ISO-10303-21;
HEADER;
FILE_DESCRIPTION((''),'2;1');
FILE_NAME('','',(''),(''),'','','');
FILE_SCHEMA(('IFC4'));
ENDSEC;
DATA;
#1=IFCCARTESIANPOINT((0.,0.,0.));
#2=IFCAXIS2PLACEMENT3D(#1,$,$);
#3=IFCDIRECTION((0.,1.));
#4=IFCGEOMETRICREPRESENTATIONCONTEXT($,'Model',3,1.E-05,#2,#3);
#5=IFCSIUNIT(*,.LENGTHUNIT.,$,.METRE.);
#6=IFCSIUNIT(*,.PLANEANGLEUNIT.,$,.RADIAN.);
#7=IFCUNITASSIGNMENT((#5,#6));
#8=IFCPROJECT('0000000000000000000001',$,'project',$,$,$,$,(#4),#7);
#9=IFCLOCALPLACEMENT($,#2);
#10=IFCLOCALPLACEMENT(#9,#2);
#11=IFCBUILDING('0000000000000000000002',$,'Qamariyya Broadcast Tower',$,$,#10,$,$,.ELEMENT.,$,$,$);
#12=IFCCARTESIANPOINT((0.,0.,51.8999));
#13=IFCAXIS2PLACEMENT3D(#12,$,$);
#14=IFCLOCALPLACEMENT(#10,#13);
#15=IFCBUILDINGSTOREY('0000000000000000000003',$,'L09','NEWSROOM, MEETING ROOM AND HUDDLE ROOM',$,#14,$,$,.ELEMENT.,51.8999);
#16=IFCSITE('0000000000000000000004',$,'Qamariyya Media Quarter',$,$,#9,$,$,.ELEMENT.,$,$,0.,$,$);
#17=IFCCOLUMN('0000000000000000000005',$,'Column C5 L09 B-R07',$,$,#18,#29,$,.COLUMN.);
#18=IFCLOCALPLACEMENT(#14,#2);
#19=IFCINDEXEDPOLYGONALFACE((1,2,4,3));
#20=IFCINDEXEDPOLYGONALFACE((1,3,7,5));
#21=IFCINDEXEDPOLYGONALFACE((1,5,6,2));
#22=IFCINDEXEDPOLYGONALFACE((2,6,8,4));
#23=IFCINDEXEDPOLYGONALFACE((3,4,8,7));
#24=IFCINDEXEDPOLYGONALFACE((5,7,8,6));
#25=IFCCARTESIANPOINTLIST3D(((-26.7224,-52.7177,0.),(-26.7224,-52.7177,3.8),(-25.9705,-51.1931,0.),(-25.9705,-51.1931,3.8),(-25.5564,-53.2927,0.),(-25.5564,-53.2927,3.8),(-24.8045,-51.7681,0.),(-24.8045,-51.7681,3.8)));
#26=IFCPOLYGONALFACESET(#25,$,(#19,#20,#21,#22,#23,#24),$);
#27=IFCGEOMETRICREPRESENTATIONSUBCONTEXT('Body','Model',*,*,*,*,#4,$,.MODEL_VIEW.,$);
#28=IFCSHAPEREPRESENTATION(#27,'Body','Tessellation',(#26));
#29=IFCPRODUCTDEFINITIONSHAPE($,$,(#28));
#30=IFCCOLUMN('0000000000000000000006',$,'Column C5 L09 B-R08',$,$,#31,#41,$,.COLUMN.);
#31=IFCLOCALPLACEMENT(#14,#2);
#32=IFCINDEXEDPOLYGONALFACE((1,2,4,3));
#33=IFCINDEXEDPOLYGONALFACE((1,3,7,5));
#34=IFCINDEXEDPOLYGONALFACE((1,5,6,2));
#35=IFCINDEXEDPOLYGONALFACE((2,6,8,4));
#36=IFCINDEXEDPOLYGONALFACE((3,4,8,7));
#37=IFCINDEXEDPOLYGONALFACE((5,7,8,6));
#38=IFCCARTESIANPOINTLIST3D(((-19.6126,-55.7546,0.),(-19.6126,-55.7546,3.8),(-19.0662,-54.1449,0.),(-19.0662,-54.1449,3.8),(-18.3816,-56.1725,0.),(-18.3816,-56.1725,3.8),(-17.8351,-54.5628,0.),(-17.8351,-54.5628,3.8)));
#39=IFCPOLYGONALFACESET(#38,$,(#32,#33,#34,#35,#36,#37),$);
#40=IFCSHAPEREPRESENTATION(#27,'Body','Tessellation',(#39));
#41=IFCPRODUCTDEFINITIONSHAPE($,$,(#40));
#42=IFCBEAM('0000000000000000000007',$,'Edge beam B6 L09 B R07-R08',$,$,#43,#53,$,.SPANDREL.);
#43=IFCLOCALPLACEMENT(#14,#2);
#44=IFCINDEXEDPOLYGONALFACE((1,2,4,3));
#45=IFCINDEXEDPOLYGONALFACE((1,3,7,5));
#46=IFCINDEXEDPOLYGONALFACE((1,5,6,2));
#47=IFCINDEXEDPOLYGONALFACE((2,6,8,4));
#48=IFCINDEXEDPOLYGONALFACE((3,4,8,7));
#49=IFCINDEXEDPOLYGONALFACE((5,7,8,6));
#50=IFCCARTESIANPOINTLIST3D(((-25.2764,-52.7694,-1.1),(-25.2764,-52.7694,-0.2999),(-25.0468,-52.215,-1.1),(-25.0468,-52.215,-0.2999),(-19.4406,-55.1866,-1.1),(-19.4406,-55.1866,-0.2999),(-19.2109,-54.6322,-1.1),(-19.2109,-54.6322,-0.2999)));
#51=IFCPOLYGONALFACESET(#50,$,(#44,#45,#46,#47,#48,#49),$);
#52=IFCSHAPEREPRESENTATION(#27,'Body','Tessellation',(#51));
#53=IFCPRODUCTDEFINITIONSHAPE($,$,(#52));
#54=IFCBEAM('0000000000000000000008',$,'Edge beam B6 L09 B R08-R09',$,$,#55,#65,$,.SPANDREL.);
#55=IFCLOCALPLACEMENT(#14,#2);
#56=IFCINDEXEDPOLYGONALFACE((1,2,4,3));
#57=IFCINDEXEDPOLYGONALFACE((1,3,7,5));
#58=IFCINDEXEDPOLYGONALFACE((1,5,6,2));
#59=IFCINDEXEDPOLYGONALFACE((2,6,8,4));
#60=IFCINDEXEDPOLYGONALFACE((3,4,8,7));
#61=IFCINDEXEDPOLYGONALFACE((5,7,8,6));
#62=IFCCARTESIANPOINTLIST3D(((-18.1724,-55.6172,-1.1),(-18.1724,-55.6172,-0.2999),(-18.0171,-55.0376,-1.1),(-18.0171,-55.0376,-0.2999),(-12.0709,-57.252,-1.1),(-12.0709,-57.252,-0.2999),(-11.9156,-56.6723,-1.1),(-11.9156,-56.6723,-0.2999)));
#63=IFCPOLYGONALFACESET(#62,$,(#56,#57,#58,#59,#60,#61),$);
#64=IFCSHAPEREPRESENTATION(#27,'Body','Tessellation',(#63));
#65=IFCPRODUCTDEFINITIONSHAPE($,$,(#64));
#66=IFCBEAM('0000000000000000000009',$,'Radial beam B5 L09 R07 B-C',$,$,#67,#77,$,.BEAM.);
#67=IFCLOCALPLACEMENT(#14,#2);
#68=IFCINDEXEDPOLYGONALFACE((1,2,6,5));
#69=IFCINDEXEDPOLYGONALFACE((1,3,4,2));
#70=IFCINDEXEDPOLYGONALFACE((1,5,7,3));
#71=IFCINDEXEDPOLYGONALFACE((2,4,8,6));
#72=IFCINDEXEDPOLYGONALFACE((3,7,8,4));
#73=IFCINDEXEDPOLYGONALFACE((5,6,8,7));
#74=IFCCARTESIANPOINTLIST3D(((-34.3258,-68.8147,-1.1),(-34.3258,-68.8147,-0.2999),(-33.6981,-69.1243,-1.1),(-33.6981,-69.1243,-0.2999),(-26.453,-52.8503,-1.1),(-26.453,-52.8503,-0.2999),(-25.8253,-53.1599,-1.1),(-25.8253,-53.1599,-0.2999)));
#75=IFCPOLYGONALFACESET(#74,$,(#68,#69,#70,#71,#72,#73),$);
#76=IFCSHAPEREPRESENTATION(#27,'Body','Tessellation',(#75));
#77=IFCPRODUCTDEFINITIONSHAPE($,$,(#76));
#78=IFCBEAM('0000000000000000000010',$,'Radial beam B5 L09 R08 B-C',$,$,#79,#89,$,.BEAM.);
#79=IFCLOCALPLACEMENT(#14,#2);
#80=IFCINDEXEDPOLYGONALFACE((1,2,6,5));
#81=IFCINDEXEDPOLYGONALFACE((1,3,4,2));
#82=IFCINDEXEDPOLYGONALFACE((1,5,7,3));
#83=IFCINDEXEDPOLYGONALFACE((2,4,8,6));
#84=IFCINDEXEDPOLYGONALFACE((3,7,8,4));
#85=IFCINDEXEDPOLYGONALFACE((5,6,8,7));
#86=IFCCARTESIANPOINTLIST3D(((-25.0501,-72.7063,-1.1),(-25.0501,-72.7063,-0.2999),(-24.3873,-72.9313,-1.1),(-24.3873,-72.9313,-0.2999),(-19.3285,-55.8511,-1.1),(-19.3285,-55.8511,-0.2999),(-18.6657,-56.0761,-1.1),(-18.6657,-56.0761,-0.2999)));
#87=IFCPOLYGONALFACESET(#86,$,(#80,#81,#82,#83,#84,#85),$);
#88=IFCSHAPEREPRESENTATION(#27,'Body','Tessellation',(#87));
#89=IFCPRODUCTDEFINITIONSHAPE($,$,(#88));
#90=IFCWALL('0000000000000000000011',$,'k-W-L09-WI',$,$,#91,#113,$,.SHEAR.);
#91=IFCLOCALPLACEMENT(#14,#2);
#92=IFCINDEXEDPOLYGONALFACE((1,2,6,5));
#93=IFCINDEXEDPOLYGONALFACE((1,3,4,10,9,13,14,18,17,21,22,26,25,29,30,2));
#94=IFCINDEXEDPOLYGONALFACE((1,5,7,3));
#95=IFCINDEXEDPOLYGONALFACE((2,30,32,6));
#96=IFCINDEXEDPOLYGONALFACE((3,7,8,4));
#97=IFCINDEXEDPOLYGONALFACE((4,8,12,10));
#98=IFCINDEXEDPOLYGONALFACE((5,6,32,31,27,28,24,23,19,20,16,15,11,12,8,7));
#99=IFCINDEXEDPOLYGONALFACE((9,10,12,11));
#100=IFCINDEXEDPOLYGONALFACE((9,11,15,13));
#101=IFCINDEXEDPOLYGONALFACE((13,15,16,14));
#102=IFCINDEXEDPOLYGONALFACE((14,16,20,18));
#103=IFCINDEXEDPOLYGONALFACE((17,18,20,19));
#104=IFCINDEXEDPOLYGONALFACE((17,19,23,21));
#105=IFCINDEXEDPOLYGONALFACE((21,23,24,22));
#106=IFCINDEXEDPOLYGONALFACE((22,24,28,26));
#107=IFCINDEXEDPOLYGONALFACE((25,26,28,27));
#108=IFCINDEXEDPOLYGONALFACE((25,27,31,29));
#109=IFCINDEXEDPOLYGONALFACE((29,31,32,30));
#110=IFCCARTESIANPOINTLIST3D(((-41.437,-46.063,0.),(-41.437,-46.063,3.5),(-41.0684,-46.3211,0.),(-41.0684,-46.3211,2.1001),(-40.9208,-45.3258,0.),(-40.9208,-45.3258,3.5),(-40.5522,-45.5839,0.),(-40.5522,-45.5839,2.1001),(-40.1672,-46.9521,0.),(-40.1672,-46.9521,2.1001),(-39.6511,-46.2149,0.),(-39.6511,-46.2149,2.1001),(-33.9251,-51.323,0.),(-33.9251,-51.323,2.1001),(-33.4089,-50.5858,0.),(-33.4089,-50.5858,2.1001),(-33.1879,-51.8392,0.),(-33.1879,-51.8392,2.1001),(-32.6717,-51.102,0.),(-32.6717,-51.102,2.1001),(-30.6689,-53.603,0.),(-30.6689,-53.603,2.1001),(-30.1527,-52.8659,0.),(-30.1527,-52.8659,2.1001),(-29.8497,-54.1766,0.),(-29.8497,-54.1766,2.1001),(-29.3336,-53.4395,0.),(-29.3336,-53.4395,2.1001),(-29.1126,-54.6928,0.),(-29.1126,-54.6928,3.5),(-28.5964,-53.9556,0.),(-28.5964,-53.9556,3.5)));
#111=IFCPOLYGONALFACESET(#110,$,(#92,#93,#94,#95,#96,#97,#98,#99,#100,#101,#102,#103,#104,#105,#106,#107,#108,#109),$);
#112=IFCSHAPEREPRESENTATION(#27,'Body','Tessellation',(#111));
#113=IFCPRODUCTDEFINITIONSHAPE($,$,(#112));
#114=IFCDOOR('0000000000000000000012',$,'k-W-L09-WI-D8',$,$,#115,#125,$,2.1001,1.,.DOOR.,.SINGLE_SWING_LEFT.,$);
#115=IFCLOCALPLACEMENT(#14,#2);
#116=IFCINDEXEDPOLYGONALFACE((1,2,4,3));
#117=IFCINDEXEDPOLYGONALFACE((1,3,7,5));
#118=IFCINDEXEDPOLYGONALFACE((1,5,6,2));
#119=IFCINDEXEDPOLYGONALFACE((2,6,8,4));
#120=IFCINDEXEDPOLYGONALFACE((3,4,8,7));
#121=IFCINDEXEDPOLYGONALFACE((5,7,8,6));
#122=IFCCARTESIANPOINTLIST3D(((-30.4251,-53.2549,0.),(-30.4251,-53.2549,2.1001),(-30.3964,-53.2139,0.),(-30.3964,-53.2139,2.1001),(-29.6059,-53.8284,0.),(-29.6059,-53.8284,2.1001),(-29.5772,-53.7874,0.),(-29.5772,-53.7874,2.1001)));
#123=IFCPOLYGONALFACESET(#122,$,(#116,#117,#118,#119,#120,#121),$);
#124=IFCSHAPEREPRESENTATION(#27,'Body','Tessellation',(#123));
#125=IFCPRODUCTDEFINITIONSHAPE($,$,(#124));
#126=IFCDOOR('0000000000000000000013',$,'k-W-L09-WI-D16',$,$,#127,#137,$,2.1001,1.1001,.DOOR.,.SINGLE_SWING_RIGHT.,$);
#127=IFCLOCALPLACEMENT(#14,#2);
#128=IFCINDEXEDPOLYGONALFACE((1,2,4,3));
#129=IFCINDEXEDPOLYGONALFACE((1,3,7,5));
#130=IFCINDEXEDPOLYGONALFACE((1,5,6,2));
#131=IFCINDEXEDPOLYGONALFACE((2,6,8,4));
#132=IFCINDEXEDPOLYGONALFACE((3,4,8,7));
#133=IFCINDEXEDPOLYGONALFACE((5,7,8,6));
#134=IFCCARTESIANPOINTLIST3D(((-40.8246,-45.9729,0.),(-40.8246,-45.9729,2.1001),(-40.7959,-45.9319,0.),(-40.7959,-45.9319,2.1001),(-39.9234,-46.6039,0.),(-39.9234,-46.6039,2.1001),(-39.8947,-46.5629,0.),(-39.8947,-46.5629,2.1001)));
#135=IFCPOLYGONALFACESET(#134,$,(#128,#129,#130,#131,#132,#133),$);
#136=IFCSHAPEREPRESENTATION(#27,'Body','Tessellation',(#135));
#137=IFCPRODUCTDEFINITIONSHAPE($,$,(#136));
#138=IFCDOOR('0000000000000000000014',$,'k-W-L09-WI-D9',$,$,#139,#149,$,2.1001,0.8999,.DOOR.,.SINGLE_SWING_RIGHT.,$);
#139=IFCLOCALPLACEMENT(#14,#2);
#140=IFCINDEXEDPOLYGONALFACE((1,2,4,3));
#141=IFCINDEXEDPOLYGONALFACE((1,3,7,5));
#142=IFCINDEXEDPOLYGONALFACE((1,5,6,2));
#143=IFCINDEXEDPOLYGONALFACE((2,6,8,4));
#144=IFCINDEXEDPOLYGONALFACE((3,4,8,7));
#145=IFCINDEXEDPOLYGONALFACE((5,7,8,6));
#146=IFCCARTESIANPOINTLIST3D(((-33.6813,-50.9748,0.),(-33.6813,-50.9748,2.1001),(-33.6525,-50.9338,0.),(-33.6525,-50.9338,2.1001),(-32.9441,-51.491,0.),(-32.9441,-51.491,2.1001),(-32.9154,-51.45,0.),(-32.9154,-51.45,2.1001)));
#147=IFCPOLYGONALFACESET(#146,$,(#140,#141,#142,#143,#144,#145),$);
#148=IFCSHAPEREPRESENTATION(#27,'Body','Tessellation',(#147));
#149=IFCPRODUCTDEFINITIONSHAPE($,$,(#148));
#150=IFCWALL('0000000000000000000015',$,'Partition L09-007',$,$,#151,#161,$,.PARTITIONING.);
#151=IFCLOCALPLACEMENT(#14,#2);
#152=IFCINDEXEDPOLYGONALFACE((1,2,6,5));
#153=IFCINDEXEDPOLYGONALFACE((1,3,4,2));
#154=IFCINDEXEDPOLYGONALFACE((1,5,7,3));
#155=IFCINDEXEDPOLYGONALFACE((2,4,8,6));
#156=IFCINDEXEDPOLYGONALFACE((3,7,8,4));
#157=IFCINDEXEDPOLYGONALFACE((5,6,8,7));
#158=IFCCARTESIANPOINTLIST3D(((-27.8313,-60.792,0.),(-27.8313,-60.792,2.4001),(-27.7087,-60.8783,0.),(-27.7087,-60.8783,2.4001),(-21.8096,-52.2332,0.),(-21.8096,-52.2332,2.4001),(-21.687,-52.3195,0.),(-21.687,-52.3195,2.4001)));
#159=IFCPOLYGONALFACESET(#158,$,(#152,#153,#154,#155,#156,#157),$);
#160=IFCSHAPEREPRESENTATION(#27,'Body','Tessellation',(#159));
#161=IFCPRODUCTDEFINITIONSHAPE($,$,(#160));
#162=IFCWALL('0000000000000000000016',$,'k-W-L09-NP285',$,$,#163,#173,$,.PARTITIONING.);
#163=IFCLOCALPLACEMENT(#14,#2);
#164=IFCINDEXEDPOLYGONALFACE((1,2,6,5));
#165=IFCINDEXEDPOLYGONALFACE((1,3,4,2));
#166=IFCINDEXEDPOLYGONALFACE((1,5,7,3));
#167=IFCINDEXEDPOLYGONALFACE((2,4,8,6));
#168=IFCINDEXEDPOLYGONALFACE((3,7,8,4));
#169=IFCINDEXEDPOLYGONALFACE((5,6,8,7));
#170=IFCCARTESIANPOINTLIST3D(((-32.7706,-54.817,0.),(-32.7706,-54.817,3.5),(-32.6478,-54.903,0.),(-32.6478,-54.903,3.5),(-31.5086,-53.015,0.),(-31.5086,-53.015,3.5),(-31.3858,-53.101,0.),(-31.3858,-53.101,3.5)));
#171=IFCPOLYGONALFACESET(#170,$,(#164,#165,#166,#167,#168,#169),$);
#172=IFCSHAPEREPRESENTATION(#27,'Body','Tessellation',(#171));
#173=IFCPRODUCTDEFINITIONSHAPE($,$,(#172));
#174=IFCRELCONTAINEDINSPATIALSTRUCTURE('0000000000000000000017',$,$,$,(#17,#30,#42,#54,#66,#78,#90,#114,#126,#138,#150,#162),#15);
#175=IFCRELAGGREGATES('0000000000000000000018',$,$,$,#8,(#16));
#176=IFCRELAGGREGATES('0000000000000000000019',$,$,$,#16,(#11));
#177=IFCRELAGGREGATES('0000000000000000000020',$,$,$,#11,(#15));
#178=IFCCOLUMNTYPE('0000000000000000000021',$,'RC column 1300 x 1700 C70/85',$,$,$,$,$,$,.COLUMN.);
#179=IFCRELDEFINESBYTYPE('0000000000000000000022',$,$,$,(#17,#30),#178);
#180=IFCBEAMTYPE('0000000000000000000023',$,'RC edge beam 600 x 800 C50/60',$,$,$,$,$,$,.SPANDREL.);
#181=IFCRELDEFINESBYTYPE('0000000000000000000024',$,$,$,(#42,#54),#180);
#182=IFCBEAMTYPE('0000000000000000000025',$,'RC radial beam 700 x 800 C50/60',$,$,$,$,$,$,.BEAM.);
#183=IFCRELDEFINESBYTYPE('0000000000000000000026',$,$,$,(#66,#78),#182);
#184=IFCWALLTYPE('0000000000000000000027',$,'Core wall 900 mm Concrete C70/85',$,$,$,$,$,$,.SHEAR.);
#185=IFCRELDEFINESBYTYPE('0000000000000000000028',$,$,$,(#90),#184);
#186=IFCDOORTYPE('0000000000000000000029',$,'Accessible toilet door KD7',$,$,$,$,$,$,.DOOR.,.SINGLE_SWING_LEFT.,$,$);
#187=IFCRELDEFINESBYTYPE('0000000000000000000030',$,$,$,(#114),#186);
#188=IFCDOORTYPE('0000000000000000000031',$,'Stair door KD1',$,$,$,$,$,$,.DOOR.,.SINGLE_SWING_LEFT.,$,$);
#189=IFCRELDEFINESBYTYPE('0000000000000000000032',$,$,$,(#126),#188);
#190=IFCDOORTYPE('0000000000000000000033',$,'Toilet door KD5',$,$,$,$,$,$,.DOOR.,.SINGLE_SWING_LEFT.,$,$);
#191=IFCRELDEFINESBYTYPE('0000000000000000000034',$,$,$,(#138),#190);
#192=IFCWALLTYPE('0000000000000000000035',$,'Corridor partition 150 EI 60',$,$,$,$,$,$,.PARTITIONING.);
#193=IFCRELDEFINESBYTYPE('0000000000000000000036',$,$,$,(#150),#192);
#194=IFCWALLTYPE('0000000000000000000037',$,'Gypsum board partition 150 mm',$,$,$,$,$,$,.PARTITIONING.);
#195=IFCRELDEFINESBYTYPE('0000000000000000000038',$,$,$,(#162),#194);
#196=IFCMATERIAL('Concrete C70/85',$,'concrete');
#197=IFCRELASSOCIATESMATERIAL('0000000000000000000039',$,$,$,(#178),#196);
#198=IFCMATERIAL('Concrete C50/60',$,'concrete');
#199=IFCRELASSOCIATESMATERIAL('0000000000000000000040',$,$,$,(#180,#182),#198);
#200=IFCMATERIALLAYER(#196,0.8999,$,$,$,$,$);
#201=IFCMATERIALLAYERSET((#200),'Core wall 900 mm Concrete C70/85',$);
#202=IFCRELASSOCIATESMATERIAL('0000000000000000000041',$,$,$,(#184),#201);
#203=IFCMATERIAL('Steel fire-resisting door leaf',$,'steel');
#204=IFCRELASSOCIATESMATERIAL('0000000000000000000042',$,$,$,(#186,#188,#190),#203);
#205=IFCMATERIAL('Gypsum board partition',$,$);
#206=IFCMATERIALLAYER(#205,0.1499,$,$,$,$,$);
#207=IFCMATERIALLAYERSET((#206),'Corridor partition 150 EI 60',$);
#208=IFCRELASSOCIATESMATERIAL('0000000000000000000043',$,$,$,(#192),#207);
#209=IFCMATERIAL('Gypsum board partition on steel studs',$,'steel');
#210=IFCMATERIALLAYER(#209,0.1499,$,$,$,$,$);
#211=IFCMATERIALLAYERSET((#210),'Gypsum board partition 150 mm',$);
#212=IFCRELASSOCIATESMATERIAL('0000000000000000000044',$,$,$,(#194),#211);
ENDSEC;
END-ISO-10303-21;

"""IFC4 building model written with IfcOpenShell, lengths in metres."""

from ifc_helpers import new_model, si_unit, direction, frame, frame_2d, origin, origin_2d, place, context, subcontext, project, spatial, rectangle, extrude, material, layer, layer_set, material_profile, profile_set, type_object, element, fill, save


model = new_model("IFC4")

# Units and contexts
model_context = context("Model", 3, precision=1e-05, world=origin(), true_north=direction((0.0, 1.0)))
body_context = subcontext(model_context, "Body", "Model", "MODEL_VIEW")
ifc_project = project(units=[si_unit("LENGTHUNIT", "METRE"), si_unit("PLANEANGLEUNIT", "RADIAN")], contexts=[model_context])

# Site, building, storey
site_placement = place(None, origin())
site = spatial("IfcSite", under=ifc_project, at=site_placement, Name="Qamariyya Media Quarter", CompositionType="ELEMENT", RefElevation=0.0)
building_placement = place(site_placement, origin())
building = spatial("IfcBuilding", under=site, at=building_placement, Name="Qamariyya Broadcast Tower", CompositionType="ELEMENT")
storey_placement = place(building_placement, frame((0.0, 0.0, 51.8999)))
storey = spatial("IfcBuildingStorey", under=building, at=storey_placement, Name="L09", Description="NEWSROOM, MEETING ROOM AND HUDDLE ROOM", CompositionType="ELEMENT", Elevation=51.8999)

# Columns
ifc_material_1 = material(Name="Concrete C70/85", Category="concrete")
ifc_material_profile_1 = material_profile(ifc_material_1, rectangle(XDim=1.3, YDim=1.7, at=origin_2d()))
ifc_profile_set_1 = profile_set([ifc_material_profile_1], Name="Concrete C70/85")
column_type = type_object("IfcColumnType", Name="RC column 1300 x 1700 C70/85", PredefinedType="COLUMN", material=ifc_profile_set_1)
for number, where, z_axis, x_axis, name in (
    (1, (-25.7634, -52.2429, 0.0), (0.0, 0.0, 1.0), (0.896873, -0.442289, 0.0), "Column C5 L09 B-R07"),
    (2, (-18.7239, -55.1587, 0.0), (0.0, 0.0, 1.0), (0.94693, -0.321439, 0.0), "Column C5 L09 B-R08"),
):
    element("IfcColumn", number, at=place(storey_placement, frame(where, z_axis=z_axis, x_axis=x_axis)), inside=storey, type_object=column_type, Name=name, PredefinedType="COLUMN", context=body_context, shape_type="SweptSolid", body=[
        extrude(rectangle(XDim=1.3, YDim=1.7, at=origin_2d()), origin(), (0.0, 0.0, 1.0), 3.8),
    ])

# Beams
ifc_material_2 = material(Name="Concrete C50/60", Category="concrete")
ifc_material_profile_2 = material_profile(ifc_material_2, rectangle(XDim=0.6001, YDim=0.8, at=origin_2d()))
ifc_profile_set_2 = profile_set([ifc_material_profile_2], Name="Concrete C50/60")
beam_type_1 = type_object("IfcBeamType", Name="RC edge beam 600 x 800 C50/60", PredefinedType="SPANDREL", material=ifc_profile_set_2)
for number, where, z_axis, x_axis, name in (
    (3, (-25.1616, -52.4922, -0.7), (0.923884, -0.382672, 0.0), (0.382672, 0.923884, 0.0), "Edge beam B6 L09 B R07-R08"),
    (4, (-18.0947, -55.3274, -0.7), (0.965931, -0.258798, 0.0), (0.258798, 0.965931, 0.0), "Edge beam B6 L09 B R08-R09"),
):
    element("IfcBeam", number, at=place(storey_placement, frame(where, z_axis=z_axis, x_axis=x_axis)), inside=storey, type_object=beam_type_1, Name=name, PredefinedType="SPANDREL", context=body_context, shape_type="SweptSolid", body=[
        extrude(rectangle(XDim=0.6001, YDim=0.8, at=origin_2d()), origin(), (0.0, 0.0, 1.0), 6.3167),
    ])
ifc_material_profile_3 = material_profile(ifc_material_2, rectangle(XDim=0.7, YDim=0.8, at=origin_2d()))
ifc_profile_set_3 = profile_set([ifc_material_profile_3], Name="Concrete C50/60")
beam_type_2 = type_object("IfcBeamType", Name="RC radial beam 700 x 800 C50/60", PredefinedType="BEAM", material=ifc_profile_set_3)
beam_1_placement = place(storey_placement, frame((-26.1392, -53.0051, -0.7), z_axis=(-0.442291, -0.896872, 0.0), x_axis=(0.896872, -0.442291, 0.0)))
element("IfcBeam", 5, at=beam_1_placement, inside=storey, type_object=beam_type_2, Name="Radial beam B5 L09 R07 B-C", PredefinedType="BEAM", context=body_context, shape_type="SweptSolid", body=[
    extrude(rectangle(XDim=0.7, YDim=0.8, at=origin_2d()), origin(), (0.0, 0.0, 1.0), 17.8),
])
beam_2_placement = place(storey_placement, frame((-18.9971, -55.9636, -0.7), z_axis=(-0.321445, -0.946928, 0.0), x_axis=(0.946928, -0.321445, 0.0)))
element("IfcBeam", 6, at=beam_2_placement, inside=storey, type_object=beam_type_2, Name="Radial beam B5 L09 R08 B-C", PredefinedType="BEAM", context=body_context, shape_type="SweptSolid", body=[
    extrude(rectangle(XDim=0.7, YDim=0.8, at=origin_2d()), origin(), (0.0, 0.0, 1.0), 17.7998),
])

# Wall, openings, doors
ifc_layer_1 = layer(ifc_material_1, 0.8999)
ifc_layer_set_1 = layer_set([ifc_layer_1], Name="Core wall 900 mm Concrete C70/85")
wall_type_1 = type_object("IfcWallType", Name="Core wall 900 mm Concrete C70/85", PredefinedType="SHEAR", material=ifc_layer_set_1)
wall_1_placement = place(storey_placement, frame((-28.8545, -54.3242, 0.0), z_axis=(0.0, 0.0, 1.0), x_axis=(-0.819146, 0.573585, 0.0)))
wall_1 = element("IfcWall", 7, at=wall_1_placement, inside=storey, type_object=wall_type_1, Name="k-W-L09-WI", PredefinedType="SHEAR", context=body_context, shape_type="SweptSolid", body=[
    extrude(rectangle(XDim=15.0454, YDim=0.8999, at=frame_2d((7.5227, 0.0))), origin(), (0.0, 0.0, 1.0), 3.5),
])
opening_1_placement = place(wall_1_placement, frame((0.8999, 0.0, 0.0)))
opening_1 = element("IfcOpeningElement", 8, at=opening_1_placement, cuts=wall_1, PredefinedType="OPENING", context=body_context, shape_type="SweptSolid", body=[
    extrude(rectangle(XDim=1.0, YDim=2.1001, at=frame_2d((0.5, 1.05))), frame((0.0, 0.46, 0.0), z_axis=(0.0, -1.0, 0.0), x_axis=(1.0, 0.0, 0.0)), (0.0, 0.0, 1.0), 0.9199),
])
opening_2_placement = place(wall_1_placement, frame((4.9751, 0.0, 0.0)))
opening_2 = element("IfcOpeningElement", 9, at=opening_2_placement, cuts=wall_1, PredefinedType="OPENING", context=body_context, shape_type="SweptSolid", body=[
    extrude(rectangle(XDim=0.8999, YDim=2.1001, at=frame_2d((0.45, 1.05))), frame((0.0, 0.46, 0.0), z_axis=(0.0, -1.0, 0.0), x_axis=(1.0, 0.0, 0.0)), (0.0, 0.0, 1.0), 0.9199),
])
opening_3_placement = place(wall_1_placement, frame((13.4954, 0.0, 0.0)))
opening_3 = element("IfcOpeningElement", 10, at=opening_3_placement, cuts=wall_1, PredefinedType="OPENING", context=body_context, shape_type="SweptSolid", body=[
    extrude(rectangle(XDim=1.1001, YDim=2.1001, at=frame_2d((0.55, 1.05))), frame((0.0, 0.46, 0.0), z_axis=(0.0, -1.0, 0.0), x_axis=(1.0, 0.0, 0.0)), (0.0, 0.0, 1.0), 0.9199),
])
ifc_material_3 = material(Name="Steel fire-resisting door leaf", Category="steel")
door_type_1 = type_object("IfcDoorType", Name="Accessible toilet door KD7", OperationType="SINGLE_SWING_LEFT", PredefinedType="DOOR", material=ifc_material_3)
door_1_placement = place(opening_1_placement, origin())
door_1 = element("IfcDoor", 11, at=door_1_placement, inside=storey, type_object=door_type_1, Name="k-W-L09-WI-D8", OperationType="SINGLE_SWING_LEFT", OverallHeight=2.1001, OverallWidth=1.0, PredefinedType="DOOR", context=body_context, shape_type="SweptSolid", body=[
    extrude(rectangle(XDim=1.0, YDim=2.1001, at=frame_2d((0.5, 1.05))), frame((0.0, 0.0249, 0.0), z_axis=(0.0, -1.0, 0.0), x_axis=(1.0, 0.0, 0.0)), (0.0, 0.0, 1.0), 0.05),
])
fill(opening_1, door_1)
door_type_2 = type_object("IfcDoorType", Name="Stair door KD1", OperationType="SINGLE_SWING_LEFT", PredefinedType="DOOR", material=ifc_material_3)
door_2_placement = place(opening_3_placement, origin())
door_2 = element("IfcDoor", 12, at=door_2_placement, inside=storey, type_object=door_type_2, Name="k-W-L09-WI-D16", OperationType="SINGLE_SWING_RIGHT", OverallHeight=2.1001, OverallWidth=1.1001, PredefinedType="DOOR", context=body_context, shape_type="SweptSolid", body=[
    extrude(rectangle(XDim=1.1001, YDim=2.1001, at=frame_2d((0.55, 1.05))), frame((0.0, 0.0249, 0.0), z_axis=(0.0, -1.0, 0.0), x_axis=(1.0, 0.0, 0.0)), (0.0, 0.0, 1.0), 0.05),
])
fill(opening_3, door_2)
door_type_3 = type_object("IfcDoorType", Name="Toilet door KD5", OperationType="SINGLE_SWING_LEFT", PredefinedType="DOOR", material=ifc_material_3)
door_3_placement = place(opening_2_placement, origin())
door_3 = element("IfcDoor", 13, at=door_3_placement, inside=storey, type_object=door_type_3, Name="k-W-L09-WI-D9", OperationType="SINGLE_SWING_RIGHT", OverallHeight=2.1001, OverallWidth=0.8999, PredefinedType="DOOR", context=body_context, shape_type="SweptSolid", body=[
    extrude(rectangle(XDim=0.8999, YDim=2.1001, at=frame_2d((0.45, 1.05))), frame((0.0, 0.0249, 0.0), z_axis=(0.0, -1.0, 0.0), x_axis=(1.0, 0.0, 0.0)), (0.0, 0.0, 1.0), 0.05),
])
fill(opening_2, door_3)

# Walls
ifc_material_4 = material(Name="Gypsum board partition")
ifc_layer_2 = layer(ifc_material_4, 0.1499)
ifc_layer_set_2 = layer_set([ifc_layer_2], Name="Corridor partition 150 EI 60")
wall_type_2 = type_object("IfcWallType", Name="Corridor partition 150 EI 60", PredefinedType="PARTITIONING", material=ifc_layer_set_2)
wall_2_placement = place(storey_placement, frame((-21.7483, -52.2764, 0.0), z_axis=(0.0, 0.0, 1.0), x_axis=(-0.575419, -0.817858, 0.0)))
element("IfcWall", 14, at=wall_2_placement, inside=storey, type_object=wall_type_2, Name="Partition L09-007", PredefinedType="PARTITIONING", context=body_context, shape_type="SweptSolid", body=[
    extrude(rectangle(XDim=10.4648, YDim=0.1499, at=frame_2d((5.2324, 0.0))), origin(), (0.0, 0.0, 1.0), 2.4001),
])
ifc_material_5 = material(Name="Gypsum board partition on steel studs", Category="steel")
ifc_layer_3 = layer(ifc_material_5, 0.1499)
ifc_layer_set_3 = layer_set([ifc_layer_3], Name="Gypsum board partition 150 mm")
wall_type_3 = type_object("IfcWallType", Name="Gypsum board partition 150 mm", PredefinedType="PARTITIONING", material=ifc_layer_set_3)
wall_3_placement = place(storey_placement, frame((-32.7092, -54.8601, 0.0), z_axis=(0.0, 0.0, 1.0), x_axis=(0.573634, 0.819112, 0.0)))
element("IfcWall", 15, at=wall_3_placement, inside=storey, type_object=wall_type_3, Name="k-W-L09-NP285", PredefinedType="PARTITIONING", context=body_context, shape_type="SweptSolid", body=[
    extrude(rectangle(XDim=2.2, YDim=0.1499, at=frame_2d((1.1001, 0.0))), origin(), (0.0, 0.0, 1.0), 3.5),
])

save(model, "model.ifc")
